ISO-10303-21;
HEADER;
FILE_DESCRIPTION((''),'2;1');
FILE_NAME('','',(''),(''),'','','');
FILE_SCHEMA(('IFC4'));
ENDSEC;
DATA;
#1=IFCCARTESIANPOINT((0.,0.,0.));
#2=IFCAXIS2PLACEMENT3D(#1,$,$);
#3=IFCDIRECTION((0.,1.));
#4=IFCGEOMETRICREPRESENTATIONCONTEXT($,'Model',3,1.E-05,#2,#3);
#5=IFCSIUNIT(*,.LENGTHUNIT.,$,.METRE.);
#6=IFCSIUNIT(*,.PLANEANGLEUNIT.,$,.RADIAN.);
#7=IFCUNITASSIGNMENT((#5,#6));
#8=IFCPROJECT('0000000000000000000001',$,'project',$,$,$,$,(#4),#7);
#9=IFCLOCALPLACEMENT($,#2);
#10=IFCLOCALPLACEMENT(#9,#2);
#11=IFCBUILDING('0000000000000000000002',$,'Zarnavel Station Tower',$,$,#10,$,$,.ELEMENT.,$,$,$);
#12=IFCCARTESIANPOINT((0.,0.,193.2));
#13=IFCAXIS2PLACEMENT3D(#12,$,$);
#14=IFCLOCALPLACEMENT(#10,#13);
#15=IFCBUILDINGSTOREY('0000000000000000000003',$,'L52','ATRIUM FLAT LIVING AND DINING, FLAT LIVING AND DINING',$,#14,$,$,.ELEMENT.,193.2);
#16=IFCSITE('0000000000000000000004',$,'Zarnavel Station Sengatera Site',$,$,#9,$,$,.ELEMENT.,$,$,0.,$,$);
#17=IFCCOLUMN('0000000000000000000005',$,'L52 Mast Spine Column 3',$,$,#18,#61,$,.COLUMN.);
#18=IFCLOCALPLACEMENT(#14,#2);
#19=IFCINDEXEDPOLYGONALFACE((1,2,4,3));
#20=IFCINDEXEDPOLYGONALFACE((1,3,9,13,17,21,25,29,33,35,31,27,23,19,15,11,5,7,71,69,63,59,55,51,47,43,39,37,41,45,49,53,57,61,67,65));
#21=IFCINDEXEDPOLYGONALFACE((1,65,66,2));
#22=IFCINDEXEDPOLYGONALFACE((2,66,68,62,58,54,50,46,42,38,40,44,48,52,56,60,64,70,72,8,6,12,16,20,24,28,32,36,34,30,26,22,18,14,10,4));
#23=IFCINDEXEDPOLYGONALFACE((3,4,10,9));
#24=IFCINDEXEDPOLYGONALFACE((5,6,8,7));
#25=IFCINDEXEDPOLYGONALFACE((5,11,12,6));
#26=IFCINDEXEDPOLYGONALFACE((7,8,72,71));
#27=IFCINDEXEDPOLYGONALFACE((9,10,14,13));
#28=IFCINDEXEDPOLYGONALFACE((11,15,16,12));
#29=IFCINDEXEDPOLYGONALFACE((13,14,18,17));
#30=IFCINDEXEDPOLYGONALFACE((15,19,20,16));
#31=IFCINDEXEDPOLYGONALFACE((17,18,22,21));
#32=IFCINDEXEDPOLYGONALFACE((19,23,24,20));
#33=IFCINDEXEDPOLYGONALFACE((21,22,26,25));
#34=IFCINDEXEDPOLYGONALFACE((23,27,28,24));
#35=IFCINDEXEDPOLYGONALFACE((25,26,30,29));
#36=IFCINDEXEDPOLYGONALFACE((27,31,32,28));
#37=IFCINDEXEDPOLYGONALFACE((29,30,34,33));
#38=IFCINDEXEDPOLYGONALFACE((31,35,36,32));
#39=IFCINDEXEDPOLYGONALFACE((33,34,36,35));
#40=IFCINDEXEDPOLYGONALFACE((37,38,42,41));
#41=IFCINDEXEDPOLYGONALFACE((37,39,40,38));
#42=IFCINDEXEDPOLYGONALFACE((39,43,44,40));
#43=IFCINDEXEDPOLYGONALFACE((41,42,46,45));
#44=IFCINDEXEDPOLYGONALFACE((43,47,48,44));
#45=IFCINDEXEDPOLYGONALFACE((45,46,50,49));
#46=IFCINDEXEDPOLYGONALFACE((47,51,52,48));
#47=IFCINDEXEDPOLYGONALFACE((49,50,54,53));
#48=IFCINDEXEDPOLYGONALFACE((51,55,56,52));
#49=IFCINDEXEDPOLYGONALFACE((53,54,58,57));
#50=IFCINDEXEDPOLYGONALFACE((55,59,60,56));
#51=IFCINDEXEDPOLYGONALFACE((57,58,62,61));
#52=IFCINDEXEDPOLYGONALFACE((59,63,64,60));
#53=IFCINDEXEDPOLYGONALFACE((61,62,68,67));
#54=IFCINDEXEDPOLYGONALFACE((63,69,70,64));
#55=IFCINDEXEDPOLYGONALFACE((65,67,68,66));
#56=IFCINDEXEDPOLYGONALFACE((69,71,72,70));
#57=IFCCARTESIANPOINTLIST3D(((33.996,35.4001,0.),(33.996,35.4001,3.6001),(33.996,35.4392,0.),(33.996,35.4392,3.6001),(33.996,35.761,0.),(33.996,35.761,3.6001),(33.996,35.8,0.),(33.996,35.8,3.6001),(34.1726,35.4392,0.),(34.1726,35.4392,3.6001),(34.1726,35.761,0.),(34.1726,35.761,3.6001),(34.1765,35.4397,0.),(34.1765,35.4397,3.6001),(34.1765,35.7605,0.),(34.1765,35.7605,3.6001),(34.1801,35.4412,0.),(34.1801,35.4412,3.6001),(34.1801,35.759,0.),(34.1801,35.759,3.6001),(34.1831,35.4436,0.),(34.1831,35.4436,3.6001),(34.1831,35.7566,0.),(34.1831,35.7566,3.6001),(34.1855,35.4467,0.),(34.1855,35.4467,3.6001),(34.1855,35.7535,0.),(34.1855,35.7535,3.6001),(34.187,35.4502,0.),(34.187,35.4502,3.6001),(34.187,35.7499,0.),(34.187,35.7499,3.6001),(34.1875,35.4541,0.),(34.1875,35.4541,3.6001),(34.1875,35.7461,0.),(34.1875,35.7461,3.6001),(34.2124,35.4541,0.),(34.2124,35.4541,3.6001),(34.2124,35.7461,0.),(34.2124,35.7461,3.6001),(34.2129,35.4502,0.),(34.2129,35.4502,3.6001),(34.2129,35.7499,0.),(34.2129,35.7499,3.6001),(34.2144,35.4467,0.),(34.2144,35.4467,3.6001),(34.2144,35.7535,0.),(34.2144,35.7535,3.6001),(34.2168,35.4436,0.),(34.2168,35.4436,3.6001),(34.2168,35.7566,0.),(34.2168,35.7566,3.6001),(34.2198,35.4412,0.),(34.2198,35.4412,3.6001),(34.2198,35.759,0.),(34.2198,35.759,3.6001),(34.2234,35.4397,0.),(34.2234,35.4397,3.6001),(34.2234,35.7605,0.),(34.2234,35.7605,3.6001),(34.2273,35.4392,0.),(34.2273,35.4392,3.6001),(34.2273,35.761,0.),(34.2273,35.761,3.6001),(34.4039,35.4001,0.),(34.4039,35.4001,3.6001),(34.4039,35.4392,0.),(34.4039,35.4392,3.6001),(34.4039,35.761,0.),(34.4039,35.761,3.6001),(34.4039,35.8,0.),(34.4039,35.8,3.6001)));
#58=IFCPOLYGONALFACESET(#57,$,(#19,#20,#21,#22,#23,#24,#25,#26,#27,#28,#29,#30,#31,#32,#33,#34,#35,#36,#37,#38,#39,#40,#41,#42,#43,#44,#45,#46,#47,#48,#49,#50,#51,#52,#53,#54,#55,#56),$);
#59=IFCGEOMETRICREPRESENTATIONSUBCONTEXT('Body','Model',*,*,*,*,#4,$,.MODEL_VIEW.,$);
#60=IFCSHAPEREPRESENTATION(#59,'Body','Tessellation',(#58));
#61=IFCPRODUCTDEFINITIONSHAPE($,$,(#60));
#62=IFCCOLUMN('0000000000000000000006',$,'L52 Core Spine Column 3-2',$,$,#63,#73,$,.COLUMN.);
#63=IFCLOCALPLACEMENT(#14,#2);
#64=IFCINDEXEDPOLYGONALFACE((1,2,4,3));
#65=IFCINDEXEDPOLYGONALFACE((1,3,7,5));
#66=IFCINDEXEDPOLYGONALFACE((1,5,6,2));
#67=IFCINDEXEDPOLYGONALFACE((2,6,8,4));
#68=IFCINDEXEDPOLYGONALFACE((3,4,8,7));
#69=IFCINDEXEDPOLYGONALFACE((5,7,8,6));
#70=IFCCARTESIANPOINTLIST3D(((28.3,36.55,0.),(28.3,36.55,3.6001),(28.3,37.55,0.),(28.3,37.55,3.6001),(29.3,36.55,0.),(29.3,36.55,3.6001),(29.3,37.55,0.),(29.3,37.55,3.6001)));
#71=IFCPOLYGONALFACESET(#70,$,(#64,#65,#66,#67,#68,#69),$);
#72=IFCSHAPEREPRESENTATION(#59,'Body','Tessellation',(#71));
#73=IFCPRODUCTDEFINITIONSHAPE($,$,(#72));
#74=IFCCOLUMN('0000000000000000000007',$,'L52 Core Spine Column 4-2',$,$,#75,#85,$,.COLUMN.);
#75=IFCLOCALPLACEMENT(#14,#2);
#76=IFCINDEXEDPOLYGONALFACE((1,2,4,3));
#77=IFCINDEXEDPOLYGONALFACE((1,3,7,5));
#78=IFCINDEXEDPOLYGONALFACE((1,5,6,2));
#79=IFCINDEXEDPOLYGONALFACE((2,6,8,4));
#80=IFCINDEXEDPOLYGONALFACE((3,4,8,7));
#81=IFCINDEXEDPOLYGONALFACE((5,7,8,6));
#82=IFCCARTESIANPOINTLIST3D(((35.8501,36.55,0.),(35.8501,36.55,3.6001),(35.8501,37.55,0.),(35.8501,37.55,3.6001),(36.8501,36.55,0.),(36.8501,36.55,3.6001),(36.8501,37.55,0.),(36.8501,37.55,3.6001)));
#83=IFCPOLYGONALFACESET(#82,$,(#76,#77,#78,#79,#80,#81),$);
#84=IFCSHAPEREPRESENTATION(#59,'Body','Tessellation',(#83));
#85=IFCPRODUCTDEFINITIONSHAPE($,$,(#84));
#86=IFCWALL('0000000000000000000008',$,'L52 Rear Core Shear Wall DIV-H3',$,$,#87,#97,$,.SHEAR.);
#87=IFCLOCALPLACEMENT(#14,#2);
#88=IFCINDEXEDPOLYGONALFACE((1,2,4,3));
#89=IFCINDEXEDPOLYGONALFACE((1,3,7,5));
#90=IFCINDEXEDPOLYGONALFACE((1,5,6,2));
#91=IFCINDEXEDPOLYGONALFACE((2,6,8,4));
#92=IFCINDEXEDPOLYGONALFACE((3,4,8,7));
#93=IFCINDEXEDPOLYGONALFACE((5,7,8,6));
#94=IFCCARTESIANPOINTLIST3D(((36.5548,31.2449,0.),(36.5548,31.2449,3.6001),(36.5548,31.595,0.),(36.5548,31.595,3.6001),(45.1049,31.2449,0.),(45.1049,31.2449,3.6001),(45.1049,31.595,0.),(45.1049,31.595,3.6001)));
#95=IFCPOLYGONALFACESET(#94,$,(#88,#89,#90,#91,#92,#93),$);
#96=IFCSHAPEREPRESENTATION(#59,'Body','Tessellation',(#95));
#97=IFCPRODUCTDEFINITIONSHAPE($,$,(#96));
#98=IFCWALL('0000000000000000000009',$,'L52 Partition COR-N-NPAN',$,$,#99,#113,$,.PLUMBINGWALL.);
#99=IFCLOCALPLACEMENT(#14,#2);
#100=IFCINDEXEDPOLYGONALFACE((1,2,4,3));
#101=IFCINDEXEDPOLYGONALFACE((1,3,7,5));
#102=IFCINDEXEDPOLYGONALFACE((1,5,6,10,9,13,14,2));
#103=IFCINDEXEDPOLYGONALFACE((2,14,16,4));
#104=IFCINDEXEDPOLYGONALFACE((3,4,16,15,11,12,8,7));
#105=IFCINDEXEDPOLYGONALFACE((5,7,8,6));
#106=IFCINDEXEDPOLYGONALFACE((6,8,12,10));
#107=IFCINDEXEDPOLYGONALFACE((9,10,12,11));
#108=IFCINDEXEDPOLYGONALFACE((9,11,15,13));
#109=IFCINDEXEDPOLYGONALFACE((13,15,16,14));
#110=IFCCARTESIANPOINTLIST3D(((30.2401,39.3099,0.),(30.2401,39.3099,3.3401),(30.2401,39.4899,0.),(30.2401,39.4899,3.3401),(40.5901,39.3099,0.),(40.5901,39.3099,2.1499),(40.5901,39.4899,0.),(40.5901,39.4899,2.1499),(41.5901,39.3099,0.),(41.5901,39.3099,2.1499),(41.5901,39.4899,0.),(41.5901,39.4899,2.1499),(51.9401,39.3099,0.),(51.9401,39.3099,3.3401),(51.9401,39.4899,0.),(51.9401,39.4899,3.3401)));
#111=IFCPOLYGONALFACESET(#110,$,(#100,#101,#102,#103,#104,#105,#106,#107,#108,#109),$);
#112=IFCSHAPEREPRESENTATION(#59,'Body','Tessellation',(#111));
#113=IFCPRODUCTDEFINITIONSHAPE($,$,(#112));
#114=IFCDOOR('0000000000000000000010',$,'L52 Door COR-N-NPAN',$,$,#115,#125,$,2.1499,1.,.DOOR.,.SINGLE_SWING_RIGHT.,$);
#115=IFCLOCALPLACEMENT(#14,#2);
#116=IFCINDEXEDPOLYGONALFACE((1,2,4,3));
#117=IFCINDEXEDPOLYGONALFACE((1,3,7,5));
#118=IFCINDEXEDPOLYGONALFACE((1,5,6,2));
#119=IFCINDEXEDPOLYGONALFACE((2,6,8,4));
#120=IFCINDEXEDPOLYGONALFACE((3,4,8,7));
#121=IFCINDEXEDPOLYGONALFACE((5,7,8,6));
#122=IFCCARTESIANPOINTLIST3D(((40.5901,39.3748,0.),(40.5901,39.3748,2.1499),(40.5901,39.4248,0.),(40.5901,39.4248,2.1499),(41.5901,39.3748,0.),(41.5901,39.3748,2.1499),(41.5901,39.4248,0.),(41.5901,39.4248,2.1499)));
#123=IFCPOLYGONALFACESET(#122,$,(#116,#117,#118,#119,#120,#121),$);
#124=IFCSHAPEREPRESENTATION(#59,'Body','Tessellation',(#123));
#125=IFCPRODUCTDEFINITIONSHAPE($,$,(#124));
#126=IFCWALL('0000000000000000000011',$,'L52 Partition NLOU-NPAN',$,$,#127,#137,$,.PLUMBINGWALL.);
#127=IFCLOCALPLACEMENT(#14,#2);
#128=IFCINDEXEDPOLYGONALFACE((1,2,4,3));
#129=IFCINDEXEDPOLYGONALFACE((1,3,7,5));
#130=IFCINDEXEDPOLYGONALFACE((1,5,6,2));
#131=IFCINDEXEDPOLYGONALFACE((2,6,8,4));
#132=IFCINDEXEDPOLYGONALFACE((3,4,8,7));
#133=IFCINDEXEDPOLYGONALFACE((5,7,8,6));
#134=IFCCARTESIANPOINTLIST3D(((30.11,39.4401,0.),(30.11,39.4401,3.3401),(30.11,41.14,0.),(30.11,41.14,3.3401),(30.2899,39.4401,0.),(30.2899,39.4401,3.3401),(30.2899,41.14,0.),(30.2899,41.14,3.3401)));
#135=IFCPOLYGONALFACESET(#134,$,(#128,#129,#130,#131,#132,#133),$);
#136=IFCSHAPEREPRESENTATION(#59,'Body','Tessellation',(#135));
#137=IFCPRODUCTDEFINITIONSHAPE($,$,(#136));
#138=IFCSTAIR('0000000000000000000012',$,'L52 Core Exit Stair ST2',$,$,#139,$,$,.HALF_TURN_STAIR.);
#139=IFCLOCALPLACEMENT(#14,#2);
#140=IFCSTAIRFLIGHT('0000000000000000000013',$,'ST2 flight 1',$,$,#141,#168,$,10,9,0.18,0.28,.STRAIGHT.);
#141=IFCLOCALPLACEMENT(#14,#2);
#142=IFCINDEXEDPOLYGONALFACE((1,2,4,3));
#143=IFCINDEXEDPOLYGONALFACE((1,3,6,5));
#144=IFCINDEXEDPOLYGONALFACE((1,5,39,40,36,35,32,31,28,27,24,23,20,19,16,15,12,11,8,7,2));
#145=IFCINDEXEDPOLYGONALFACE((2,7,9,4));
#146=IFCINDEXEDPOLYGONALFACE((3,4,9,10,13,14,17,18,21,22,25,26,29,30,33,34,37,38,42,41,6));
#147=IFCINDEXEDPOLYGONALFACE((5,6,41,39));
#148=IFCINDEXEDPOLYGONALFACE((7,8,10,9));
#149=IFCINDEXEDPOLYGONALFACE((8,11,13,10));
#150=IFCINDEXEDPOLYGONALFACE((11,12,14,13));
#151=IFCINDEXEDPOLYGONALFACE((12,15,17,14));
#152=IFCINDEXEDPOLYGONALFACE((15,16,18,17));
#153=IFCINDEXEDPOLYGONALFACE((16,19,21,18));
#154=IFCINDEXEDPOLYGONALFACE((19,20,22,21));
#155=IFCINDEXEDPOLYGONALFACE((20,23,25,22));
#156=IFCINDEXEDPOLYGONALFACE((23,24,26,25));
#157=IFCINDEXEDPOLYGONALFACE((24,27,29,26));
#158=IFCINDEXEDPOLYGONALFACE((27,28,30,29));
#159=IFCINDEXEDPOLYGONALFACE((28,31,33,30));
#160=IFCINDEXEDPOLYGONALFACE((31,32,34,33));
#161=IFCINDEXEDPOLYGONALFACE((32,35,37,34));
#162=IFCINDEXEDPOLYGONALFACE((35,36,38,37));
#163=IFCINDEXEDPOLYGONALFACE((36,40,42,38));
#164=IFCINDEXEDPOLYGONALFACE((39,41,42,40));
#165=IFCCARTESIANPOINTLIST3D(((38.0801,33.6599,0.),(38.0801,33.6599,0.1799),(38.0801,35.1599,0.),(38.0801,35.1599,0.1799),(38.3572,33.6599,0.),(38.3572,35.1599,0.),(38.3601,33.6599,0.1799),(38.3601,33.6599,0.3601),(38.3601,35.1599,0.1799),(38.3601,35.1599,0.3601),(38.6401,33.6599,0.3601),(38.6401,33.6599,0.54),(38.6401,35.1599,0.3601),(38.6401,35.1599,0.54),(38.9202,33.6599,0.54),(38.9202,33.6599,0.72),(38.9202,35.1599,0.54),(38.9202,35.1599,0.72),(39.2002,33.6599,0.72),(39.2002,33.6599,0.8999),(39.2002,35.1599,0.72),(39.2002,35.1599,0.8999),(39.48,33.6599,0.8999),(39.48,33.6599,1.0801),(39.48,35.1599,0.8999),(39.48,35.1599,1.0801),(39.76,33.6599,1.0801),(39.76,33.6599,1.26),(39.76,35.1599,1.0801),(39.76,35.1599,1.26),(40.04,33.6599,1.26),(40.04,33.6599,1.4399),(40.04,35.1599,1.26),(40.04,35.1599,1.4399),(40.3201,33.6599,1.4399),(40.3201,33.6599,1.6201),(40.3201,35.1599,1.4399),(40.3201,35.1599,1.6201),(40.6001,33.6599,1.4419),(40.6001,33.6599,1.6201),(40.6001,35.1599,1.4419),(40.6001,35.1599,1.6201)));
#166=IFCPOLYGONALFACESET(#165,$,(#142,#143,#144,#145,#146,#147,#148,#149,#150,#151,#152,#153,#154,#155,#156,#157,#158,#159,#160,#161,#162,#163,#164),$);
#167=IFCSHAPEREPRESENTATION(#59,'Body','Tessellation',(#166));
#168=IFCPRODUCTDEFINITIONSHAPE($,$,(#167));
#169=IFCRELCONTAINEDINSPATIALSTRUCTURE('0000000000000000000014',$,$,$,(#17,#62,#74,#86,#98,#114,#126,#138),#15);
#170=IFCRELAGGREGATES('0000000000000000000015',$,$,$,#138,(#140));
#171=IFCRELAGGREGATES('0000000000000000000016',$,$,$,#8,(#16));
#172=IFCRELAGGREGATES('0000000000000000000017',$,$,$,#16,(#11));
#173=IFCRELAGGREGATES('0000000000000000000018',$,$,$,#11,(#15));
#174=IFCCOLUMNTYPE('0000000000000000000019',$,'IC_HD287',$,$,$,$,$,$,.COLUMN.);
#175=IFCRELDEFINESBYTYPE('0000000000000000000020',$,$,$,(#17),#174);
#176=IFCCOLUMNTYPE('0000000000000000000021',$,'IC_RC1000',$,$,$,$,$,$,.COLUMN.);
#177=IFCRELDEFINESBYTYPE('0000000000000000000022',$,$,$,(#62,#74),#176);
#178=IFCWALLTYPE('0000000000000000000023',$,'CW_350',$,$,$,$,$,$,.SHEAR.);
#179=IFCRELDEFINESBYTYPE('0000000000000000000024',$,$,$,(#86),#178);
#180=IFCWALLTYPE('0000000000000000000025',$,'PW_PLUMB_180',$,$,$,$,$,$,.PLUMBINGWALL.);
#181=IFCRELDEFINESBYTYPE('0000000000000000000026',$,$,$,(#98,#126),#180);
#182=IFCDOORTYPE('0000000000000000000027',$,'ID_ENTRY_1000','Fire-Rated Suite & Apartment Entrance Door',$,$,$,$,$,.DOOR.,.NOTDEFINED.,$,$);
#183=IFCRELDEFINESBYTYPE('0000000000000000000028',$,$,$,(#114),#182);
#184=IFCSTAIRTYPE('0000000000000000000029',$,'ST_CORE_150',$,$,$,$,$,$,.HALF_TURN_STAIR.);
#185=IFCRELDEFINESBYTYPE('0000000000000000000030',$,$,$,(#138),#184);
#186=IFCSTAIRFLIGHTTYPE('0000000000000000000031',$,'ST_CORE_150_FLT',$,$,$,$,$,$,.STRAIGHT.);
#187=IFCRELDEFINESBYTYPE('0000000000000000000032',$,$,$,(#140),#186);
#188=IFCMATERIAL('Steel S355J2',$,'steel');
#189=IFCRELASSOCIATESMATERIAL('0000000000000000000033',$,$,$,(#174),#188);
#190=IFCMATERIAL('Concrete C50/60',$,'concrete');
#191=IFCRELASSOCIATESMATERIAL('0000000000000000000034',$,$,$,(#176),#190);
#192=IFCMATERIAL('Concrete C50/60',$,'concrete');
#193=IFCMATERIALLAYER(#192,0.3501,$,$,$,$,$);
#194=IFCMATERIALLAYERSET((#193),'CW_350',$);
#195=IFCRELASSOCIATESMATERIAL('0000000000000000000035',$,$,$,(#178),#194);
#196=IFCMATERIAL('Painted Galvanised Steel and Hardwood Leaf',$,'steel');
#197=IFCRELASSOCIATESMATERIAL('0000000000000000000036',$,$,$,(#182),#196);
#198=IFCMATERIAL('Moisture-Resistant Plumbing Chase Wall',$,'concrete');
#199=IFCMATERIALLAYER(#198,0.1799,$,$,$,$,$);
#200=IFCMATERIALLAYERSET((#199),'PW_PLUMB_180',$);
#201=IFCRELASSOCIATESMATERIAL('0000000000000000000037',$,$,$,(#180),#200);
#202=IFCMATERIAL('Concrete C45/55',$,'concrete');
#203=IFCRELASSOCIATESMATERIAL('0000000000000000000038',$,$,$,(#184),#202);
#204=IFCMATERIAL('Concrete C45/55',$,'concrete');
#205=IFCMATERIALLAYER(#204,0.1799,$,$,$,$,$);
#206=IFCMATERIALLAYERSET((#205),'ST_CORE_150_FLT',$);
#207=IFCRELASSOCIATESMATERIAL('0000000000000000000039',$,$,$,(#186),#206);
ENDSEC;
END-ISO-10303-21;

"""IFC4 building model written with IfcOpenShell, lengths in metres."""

from ifc_helpers import new_model, si_unit, direction, frame, frame_2d, origin, origin_2d, place, context, subcontext, project, spatial, polyline, rectangle, i_section, outline, extrude, material, layer, layer_set, material_profile, profile_set, type_object, element, fill, aggregate, save


model = new_model("IFC4")

# Units and contexts
model_context = context("Model", 3, precision=1e-05, world=origin(), true_north=direction((0.0, 1.0)))
body_context = subcontext(model_context, "Body", "Model", "MODEL_VIEW")
ifc_project = project(units=[si_unit("LENGTHUNIT", "METRE"), si_unit("PLANEANGLEUNIT", "RADIAN")], contexts=[model_context])

# Site, building, storey
site_placement = place(None, origin())
site = spatial("IfcSite", under=ifc_project, at=site_placement, Name="Zarnavel Station Sengatera Site", CompositionType="ELEMENT", RefElevation=0.0)
building_placement = place(site_placement, origin())
building = spatial("IfcBuilding", under=site, at=building_placement, Name="Zarnavel Station Tower", CompositionType="ELEMENT")
storey_placement = place(building_placement, frame((0.0, 0.0, 193.2)))
storey = spatial("IfcBuildingStorey", under=building, at=storey_placement, Name="L52", Description="ATRIUM FLAT LIVING AND DINING, FLAT LIVING AND DINING", CompositionType="ELEMENT", Elevation=193.2)

# Columns
ifc_material_1 = material(Name="Steel S355J2", Category="steel")
ifc_material_profile_1 = material_profile(ifc_material_1, i_section(OverallWidth=0.408, OverallDepth=0.3999, WebThickness=0.0249, FlangeThickness=0.0391, FilletRadius=0.0149, at=origin_2d()), Name="HD400x287")
ifc_profile_set_1 = profile_set([ifc_material_profile_1], Name="Steel S355J2")
column_type_1 = type_object("IfcColumnType", Name="IC_HD287", PredefinedType="COLUMN", material=ifc_profile_set_1)
column_placement = place(storey_placement, frame((34.2, 35.6001, 0.0), z_axis=(0.0, 0.0, 1.0), x_axis=(1.0, 0.0, 0.0)))
element("IfcColumn", 1, at=column_placement, inside=storey, type_object=column_type_1, Name="L52 Mast Spine Column 3", PredefinedType="COLUMN", context=body_context, shape_type="SweptSolid", body=[
    extrude(i_section(OverallWidth=0.408, OverallDepth=0.3999, WebThickness=0.0249, FlangeThickness=0.0391, FilletRadius=0.0149, at=origin_2d()), origin(), (0.0, 0.0, 1.0), 3.6001),
])
ifc_material_2 = material(Name="Concrete C50/60", Category="concrete")
ifc_material_profile_2 = material_profile(ifc_material_2, rectangle(XDim=1.0, YDim=1.0, at=origin_2d()), Name="RC1000x1000")
ifc_profile_set_2 = profile_set([ifc_material_profile_2], Name="Concrete C50/60")
column_type_2 = type_object("IfcColumnType", Name="IC_RC1000", PredefinedType="COLUMN", material=ifc_profile_set_2)
for number, where, z_axis, x_axis, name in (
    (2, (28.8, 37.05, 0.0), (0.0, 0.0, 1.0), (1.0, 0.0, 0.0), "L52 Core Spine Column 3-2"),
    (3, (36.3501, 37.05, 0.0), (0.0, 0.0, 1.0), (1.0, 0.0, 0.0), "L52 Core Spine Column 4-2"),
):
    element("IfcColumn", number, at=place(storey_placement, frame(where, z_axis=z_axis, x_axis=x_axis)), inside=storey, type_object=column_type_2, Name=name, PredefinedType="COLUMN", context=body_context, shape_type="SweptSolid", body=[
        extrude(rectangle(XDim=1.0, YDim=1.0, at=origin_2d()), origin(), (0.0, 0.0, 1.0), 3.6001),
    ])

# Wall
ifc_material_3 = material(Name="Concrete C50/60", Category="concrete")
ifc_layer_1 = layer(ifc_material_3, 0.3501)
ifc_layer_set_1 = layer_set([ifc_layer_1], Name="CW_350")
wall_type_1 = type_object("IfcWallType", Name="CW_350", PredefinedType="SHEAR", material=ifc_layer_set_1)
wall_1_placement = place(storey_placement, frame((36.5549, 31.4199, 0.0), z_axis=(0.0, 0.0, 1.0), x_axis=(1.0, 0.0, 0.0)))
element("IfcWall", 4, at=wall_1_placement, inside=storey, type_object=wall_type_1, Name="L52 Rear Core Shear Wall DIV-H3", PredefinedType="SHEAR", context=body_context, shape_type="SweptSolid", body=[
    extrude(rectangle(XDim=8.55, YDim=0.3501, at=frame_2d((4.2749, 0.0))), origin(), (0.0, 0.0, 1.0), 3.6001),
])

# Wall, opening, door
ifc_material_4 = material(Name="Painted Galvanised Steel and Hardwood Leaf", Category="steel")
door_type_1 = type_object("IfcDoorType", Name="ID_ENTRY_1000", Description="Fire-Rated Suite & Apartment Entrance Door", OperationType="NOTDEFINED", PredefinedType="DOOR", material=ifc_material_4)
ifc_material_5 = material(Name="Moisture-Resistant Plumbing Chase Wall", Category="concrete")
ifc_layer_2 = layer(ifc_material_5, 0.1799)
ifc_layer_set_2 = layer_set([ifc_layer_2], Name="PW_PLUMB_180")
wall_type_2 = type_object("IfcWallType", Name="PW_PLUMB_180", PredefinedType="PLUMBINGWALL", material=ifc_layer_set_2)
wall_2_placement = place(storey_placement, frame((30.24, 39.3999, 0.0), z_axis=(0.0, 0.0, 1.0), x_axis=(1.0, 0.0, 0.0)))
wall_2 = element("IfcWall", 5, at=wall_2_placement, inside=storey, type_object=wall_type_2, Name="L52 Partition COR-N-NPAN", PredefinedType="PLUMBINGWALL", context=body_context, shape_type="SweptSolid", body=[
    extrude(rectangle(XDim=21.7, YDim=0.1799, at=frame_2d((10.8501, 0.0))), origin(), (0.0, 0.0, 1.0), 3.3401),
])
opening_1_placement = place(wall_2_placement, frame((10.3501, 0.0, 0.0)))
opening_1 = element("IfcOpeningElement", 6, at=opening_1_placement, cuts=wall_2, PredefinedType="OPENING", context=body_context, shape_type="SweptSolid", body=[
    extrude(rectangle(XDim=1.0, YDim=2.1499, at=frame_2d((0.5, 1.075))), frame((0.0, 0.0999, 0.0), z_axis=(0.0, -1.0, 0.0), x_axis=(1.0, 0.0, 0.0)), (0.0, 0.0, 1.0), 0.2),
])
door_1_placement = place(opening_1_placement, origin())
door_1 = element("IfcDoor", 7, at=door_1_placement, inside=storey, type_object=door_type_1, Name="L52 Door COR-N-NPAN", OperationType="SINGLE_SWING_RIGHT", OverallHeight=2.1499, OverallWidth=1.0, PredefinedType="DOOR", context=body_context, shape_type="SweptSolid", body=[
    extrude(rectangle(XDim=1.0, YDim=2.1499, at=frame_2d((0.5, 1.075))), frame((0.0, 0.0249, 0.0), z_axis=(0.0, -1.0, 0.0), x_axis=(1.0, 0.0, 0.0)), (0.0, 0.0, 1.0), 0.05),
])
fill(opening_1, door_1)

# Wall
wall_3_placement = place(storey_placement, frame((30.2, 39.4399, 0.0), z_axis=(0.0, 0.0, 1.0), x_axis=(0.0, 1.0, 0.0)))
element("IfcWall", 8, at=wall_3_placement, inside=storey, type_object=wall_type_2, Name="L52 Partition NLOU-NPAN", PredefinedType="PLUMBINGWALL", context=body_context, shape_type="SweptSolid", body=[
    extrude(rectangle(XDim=1.7, YDim=0.1799, at=frame_2d((0.8501, 0.0))), origin(), (0.0, 0.0, 1.0), 3.3401),
])

# Stair, stair flight
ifc_material_6 = material(Name="Concrete C45/55", Category="concrete")
stair_type = type_object("IfcStairType", Name="ST_CORE_150", PredefinedType="HALF_TURN_STAIR", material=ifc_material_6)
stair_placement = place(storey_placement, origin())
stair = element("IfcStair", 9, at=stair_placement, inside=storey, type_object=stair_type, Name="L52 Core Exit Stair ST2", PredefinedType="HALF_TURN_STAIR")
ifc_material_7 = material(Name="Concrete C45/55", Category="concrete")
ifc_layer_3 = layer(ifc_material_7, 0.1799)
ifc_layer_set_3 = layer_set([ifc_layer_3], Name="ST_CORE_150_FLT")
stair_flight_type = type_object("IfcStairFlightType", Name="ST_CORE_150_FLT", PredefinedType="STRAIGHT", material=ifc_layer_set_3)
stair_flight_1_placement = place(storey_placement, frame((38.0801, 34.4099, 0.0), z_axis=(0.0, 0.0, 1.0), x_axis=(1.0, 0.0, 0.0)))
stair_flight_1 = element("IfcStairFlight", 10, at=stair_flight_1_placement, type_object=stair_flight_type, Name="ST2 flight 1", NumberOfRisers=10, NumberOfTreads=9, PredefinedType="STRAIGHT", RiserHeight=0.18, TreadLength=0.28, context=body_context, shape_type="SweptSolid", body=[
    extrude(outline(polyline([(0.0, 0.0), (0.0, 0.1799), (0.28, 0.1799), (0.28, 0.3601), (0.5601, 0.3601), (0.5601, 0.54), (0.8401, 0.54), (0.8401, 0.72), (1.1201, 0.72), (1.1201, 0.8999), (1.3999, 0.8999), (1.3999, 1.0801), (1.6799, 1.0801), (1.6799, 1.26), (1.96, 1.26), (1.96, 1.4399), (2.24, 1.4399), (2.24, 1.6201), (2.52, 1.6201), (2.52, 1.8), (2.52, 1.4419), (0.2771, 0.0), (0.0, 0.0)])), frame((0.0, 0.75, 0.0), z_axis=(0.0, -1.0, 0.0), x_axis=(1.0, 0.0, 0.0)), (0.0, 0.0, 1.0), 1.5),
])
aggregate(stair, [stair_flight_1])

save(model, "model.ifc")
